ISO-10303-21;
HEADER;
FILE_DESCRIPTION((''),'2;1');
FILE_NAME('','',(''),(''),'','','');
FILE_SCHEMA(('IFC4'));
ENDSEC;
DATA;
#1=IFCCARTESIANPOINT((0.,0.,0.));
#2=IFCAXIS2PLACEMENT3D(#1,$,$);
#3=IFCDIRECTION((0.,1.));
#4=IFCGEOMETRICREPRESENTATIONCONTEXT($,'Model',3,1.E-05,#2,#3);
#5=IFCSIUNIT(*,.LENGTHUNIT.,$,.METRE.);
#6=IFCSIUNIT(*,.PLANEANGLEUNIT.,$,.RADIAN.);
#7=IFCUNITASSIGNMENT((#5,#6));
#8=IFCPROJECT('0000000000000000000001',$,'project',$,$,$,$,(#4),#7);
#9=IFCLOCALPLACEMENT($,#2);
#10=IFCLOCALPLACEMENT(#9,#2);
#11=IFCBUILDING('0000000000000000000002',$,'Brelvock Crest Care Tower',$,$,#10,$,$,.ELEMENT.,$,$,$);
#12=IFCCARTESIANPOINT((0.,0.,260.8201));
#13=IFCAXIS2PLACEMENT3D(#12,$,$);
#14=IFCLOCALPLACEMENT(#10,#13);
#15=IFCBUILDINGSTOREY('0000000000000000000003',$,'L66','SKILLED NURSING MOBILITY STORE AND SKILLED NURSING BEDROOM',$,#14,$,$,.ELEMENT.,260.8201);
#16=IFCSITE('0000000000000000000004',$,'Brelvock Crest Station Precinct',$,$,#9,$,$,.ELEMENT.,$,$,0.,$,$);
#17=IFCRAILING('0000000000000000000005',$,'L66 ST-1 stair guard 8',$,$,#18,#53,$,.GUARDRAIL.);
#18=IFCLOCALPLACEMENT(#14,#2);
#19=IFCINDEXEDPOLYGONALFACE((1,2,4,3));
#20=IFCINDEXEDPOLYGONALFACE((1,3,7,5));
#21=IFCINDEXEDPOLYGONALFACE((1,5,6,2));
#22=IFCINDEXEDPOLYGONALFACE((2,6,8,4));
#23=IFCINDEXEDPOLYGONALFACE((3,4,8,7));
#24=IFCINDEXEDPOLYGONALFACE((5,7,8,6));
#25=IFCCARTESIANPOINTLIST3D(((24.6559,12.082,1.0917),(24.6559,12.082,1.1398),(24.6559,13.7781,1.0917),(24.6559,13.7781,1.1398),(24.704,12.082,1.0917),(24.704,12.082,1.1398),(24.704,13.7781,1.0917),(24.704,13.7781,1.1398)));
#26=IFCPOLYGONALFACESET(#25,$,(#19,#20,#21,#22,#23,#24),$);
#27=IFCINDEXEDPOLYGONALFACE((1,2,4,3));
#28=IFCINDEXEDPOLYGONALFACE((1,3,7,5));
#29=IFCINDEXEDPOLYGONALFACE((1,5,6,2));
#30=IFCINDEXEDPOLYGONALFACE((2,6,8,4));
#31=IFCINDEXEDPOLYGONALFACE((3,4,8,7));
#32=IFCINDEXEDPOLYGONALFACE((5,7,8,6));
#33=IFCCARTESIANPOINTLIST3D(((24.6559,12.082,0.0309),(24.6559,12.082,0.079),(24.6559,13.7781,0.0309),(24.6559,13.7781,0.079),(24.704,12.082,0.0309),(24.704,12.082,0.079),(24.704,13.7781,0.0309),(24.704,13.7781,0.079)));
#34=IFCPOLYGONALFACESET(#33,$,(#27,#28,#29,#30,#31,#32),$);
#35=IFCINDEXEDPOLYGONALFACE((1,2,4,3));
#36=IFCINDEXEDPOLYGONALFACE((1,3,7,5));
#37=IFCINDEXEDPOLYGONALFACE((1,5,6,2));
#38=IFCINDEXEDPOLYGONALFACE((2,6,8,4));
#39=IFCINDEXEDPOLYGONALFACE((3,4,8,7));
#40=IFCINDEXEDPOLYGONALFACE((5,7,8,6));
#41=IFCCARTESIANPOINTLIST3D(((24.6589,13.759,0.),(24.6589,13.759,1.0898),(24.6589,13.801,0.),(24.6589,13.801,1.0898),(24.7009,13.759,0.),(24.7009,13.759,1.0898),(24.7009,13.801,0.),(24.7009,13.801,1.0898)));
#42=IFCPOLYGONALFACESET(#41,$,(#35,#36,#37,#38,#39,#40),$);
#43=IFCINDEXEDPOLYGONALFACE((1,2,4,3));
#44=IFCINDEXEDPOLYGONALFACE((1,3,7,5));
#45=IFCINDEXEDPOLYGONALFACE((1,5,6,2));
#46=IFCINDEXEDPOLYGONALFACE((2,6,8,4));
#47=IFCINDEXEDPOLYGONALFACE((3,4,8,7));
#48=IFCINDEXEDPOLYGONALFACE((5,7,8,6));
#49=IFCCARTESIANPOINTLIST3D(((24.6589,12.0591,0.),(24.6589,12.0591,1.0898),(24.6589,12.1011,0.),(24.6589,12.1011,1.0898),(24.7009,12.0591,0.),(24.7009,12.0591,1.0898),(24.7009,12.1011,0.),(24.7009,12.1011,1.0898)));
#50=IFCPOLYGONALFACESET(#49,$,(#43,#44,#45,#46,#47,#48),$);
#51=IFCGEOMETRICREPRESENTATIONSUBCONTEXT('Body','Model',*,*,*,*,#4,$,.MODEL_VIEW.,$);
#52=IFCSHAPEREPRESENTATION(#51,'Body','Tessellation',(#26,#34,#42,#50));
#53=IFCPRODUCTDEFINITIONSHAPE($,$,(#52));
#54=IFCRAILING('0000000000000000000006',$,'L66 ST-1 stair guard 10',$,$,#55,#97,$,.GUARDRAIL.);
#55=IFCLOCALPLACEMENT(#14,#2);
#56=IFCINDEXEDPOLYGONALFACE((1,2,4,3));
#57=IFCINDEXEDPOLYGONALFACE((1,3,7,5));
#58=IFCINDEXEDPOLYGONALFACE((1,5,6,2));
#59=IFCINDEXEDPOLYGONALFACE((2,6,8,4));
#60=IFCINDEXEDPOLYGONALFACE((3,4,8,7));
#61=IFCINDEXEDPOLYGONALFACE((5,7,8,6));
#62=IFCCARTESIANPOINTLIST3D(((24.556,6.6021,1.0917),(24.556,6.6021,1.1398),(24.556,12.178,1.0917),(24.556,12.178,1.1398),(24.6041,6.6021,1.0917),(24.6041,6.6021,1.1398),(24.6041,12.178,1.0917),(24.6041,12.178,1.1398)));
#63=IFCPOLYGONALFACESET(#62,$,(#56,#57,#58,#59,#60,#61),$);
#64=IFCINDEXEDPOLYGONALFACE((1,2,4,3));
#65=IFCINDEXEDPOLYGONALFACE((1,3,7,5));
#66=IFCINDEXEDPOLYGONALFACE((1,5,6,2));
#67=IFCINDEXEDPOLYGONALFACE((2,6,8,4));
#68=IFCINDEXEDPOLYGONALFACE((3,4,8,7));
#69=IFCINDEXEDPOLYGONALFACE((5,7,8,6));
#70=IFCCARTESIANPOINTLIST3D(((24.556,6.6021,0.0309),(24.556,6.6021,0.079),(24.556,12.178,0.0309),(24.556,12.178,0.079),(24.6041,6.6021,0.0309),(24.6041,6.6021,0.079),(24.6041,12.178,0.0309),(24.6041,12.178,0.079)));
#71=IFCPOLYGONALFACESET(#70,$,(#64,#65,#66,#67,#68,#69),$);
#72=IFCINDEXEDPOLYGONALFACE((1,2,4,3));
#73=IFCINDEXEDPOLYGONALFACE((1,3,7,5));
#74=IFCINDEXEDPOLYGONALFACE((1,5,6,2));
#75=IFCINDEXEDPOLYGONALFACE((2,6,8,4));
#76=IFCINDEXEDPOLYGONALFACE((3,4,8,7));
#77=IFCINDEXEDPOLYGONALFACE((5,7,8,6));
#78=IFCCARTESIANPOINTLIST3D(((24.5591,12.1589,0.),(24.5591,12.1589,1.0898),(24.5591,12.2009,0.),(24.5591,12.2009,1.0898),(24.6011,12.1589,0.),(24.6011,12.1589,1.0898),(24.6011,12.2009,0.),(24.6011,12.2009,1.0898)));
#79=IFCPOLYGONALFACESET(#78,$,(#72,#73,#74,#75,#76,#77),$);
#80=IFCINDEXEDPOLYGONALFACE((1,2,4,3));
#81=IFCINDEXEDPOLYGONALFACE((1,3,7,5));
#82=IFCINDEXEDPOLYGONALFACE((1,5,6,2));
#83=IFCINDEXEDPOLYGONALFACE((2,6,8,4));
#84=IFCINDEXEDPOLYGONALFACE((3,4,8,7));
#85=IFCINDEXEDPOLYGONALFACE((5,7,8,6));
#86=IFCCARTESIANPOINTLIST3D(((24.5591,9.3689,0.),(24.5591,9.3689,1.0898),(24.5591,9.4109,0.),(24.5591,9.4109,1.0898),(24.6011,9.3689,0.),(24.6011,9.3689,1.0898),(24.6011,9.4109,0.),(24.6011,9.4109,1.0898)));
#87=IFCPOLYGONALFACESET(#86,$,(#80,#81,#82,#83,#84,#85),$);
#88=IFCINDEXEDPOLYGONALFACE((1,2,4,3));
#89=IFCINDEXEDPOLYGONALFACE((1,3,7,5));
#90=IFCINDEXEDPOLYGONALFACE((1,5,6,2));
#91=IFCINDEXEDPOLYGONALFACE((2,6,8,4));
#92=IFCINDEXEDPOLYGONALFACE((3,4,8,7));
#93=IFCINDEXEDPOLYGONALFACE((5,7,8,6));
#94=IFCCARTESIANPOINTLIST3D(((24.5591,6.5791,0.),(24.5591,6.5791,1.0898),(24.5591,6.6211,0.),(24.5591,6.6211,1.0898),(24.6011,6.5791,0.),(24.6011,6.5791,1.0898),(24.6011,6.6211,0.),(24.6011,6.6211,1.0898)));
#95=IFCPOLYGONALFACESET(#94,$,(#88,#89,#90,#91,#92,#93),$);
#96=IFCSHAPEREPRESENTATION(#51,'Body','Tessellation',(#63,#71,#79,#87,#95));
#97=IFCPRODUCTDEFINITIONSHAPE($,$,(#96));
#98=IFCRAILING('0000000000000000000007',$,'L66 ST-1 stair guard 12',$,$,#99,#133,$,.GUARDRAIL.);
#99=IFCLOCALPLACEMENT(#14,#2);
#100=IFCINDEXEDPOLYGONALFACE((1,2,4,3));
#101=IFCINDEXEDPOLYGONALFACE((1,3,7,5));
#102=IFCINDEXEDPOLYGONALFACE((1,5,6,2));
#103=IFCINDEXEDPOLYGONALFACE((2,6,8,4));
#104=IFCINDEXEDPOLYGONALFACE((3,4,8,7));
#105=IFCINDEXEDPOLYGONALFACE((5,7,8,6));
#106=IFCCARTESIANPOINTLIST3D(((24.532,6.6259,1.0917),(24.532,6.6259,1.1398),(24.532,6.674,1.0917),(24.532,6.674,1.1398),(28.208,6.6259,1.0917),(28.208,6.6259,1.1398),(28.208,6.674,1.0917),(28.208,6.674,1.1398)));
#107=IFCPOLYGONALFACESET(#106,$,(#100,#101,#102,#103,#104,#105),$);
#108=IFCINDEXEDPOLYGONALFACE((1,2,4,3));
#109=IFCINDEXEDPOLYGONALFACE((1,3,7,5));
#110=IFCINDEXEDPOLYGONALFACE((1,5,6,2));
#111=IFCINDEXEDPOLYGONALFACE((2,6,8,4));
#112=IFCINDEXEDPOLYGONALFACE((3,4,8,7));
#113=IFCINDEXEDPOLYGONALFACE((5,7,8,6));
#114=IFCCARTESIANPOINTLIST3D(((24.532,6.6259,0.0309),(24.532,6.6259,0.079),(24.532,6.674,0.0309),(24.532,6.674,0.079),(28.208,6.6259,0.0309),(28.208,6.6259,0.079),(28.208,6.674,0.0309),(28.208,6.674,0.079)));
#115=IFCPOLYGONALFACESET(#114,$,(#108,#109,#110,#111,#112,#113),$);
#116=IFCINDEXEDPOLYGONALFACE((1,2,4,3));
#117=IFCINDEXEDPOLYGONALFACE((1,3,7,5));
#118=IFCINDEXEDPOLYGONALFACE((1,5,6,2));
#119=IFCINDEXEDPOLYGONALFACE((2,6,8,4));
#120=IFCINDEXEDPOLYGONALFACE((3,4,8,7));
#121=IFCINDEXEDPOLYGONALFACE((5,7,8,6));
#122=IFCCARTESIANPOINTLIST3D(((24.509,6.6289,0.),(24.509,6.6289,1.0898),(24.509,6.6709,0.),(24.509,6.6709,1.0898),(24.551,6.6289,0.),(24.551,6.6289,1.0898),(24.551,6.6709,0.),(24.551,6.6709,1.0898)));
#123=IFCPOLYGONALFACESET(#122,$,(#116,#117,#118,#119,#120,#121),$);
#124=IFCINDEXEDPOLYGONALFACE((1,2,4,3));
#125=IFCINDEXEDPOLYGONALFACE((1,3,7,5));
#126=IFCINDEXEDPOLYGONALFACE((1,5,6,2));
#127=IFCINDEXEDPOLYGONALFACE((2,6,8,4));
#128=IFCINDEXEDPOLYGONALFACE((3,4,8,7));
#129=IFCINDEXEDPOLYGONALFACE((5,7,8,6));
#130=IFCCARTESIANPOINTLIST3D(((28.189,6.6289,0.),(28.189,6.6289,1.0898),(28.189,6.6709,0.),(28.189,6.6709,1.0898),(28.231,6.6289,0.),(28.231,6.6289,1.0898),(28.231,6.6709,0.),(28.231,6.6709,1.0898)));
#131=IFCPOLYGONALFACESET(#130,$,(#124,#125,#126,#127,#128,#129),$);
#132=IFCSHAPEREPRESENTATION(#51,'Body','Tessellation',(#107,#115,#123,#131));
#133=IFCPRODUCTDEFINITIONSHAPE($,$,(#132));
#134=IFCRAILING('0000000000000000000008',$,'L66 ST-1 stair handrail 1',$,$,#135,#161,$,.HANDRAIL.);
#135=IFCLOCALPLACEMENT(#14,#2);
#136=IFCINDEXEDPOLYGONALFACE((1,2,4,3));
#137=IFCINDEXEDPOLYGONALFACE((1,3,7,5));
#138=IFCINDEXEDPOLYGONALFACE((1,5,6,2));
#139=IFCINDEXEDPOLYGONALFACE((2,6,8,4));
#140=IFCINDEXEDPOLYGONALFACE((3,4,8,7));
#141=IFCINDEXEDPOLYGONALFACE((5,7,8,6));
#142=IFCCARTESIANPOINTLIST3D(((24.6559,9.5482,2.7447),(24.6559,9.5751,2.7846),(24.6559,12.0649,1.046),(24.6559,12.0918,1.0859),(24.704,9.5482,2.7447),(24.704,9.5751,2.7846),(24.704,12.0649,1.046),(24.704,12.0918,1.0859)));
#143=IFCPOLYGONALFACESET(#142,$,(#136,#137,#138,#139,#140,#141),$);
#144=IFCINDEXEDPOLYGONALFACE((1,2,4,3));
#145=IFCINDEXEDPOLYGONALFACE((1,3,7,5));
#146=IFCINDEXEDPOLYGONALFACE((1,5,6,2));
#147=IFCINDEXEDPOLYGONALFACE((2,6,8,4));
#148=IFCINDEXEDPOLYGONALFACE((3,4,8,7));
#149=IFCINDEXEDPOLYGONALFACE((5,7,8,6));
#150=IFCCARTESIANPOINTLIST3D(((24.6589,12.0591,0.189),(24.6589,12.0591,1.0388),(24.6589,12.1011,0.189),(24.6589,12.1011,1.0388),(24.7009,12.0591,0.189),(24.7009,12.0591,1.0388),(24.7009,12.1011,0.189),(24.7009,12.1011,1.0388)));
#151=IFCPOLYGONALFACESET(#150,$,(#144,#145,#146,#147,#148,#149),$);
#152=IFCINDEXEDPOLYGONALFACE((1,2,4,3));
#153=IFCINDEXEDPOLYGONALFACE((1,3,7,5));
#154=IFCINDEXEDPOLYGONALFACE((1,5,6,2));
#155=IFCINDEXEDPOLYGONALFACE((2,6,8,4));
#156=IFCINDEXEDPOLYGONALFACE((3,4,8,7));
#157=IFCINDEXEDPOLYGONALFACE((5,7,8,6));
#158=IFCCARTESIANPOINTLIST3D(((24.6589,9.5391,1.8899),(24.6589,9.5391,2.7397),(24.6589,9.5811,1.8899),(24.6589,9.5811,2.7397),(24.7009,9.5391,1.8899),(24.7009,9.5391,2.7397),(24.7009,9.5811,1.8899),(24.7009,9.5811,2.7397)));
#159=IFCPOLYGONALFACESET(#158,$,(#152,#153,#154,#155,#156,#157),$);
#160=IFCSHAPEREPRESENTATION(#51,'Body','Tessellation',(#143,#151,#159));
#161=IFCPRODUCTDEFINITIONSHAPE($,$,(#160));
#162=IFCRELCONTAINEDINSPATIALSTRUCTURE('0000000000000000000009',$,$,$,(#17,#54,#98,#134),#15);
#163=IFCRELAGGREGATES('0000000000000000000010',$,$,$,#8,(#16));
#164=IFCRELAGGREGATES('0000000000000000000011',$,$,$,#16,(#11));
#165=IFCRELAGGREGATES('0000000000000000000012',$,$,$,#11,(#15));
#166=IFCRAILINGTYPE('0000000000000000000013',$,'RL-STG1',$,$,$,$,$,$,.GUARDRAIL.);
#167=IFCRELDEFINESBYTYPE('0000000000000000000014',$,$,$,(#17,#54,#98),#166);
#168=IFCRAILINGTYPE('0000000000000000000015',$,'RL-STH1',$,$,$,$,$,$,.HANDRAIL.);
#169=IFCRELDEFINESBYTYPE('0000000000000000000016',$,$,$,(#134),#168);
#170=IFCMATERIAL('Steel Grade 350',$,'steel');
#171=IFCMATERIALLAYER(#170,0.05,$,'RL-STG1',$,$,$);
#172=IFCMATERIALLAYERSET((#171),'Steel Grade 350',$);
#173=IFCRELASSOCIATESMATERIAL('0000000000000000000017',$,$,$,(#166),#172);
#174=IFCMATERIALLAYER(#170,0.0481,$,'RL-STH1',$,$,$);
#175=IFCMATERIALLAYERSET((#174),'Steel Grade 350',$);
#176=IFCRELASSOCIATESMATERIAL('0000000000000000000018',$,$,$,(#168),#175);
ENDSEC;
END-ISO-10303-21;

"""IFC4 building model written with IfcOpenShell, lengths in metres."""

from ifc_helpers import new_model, si_unit, direction, frame, origin, origin_2d, place, context, subcontext, project, spatial, rectangle, extrude, material, layer, layer_set, type_object, element, save


model = new_model("IFC4")

# Units and contexts
model_context = context("Model", 3, precision=1e-05, world=origin(), true_north=direction((0.0, 1.0)))
body_context = subcontext(model_context, "Body", "Model", "MODEL_VIEW")
ifc_project = project(units=[si_unit("LENGTHUNIT", "METRE"), si_unit("PLANEANGLEUNIT", "RADIAN")], contexts=[model_context])

# Site, building, storey
site_placement = place(None, origin())
site = spatial("IfcSite", under=ifc_project, at=site_placement, Name="Brelvock Crest Station Precinct", CompositionType="ELEMENT", RefElevation=0.0)
building_placement = place(site_placement, origin())
building = spatial("IfcBuilding", under=site, at=building_placement, Name="Brelvock Crest Care Tower", CompositionType="ELEMENT")
storey_placement = place(building_placement, frame((0.0, 0.0, 260.8201)))
storey = spatial("IfcBuildingStorey", under=building, at=storey_placement, Name="L66", Description="SKILLED NURSING MOBILITY STORE AND SKILLED NURSING BEDROOM", CompositionType="ELEMENT", Elevation=260.8201)

# Shared definitions
ifc_material_1 = material(Name="Steel Grade 350", Category="steel")

# Railings
ifc_layer_1 = layer(ifc_material_1, 0.05, Name="RL-STG1")
ifc_layer_set_1 = layer_set([ifc_layer_1], Name="Steel Grade 350")
railing_type_1 = type_object("IfcRailingType", Name="RL-STG1", PredefinedType="GUARDRAIL", material=ifc_layer_set_1)
railing_1_placement = place(storey_placement, frame((24.6799, 13.78, 0.0)))
element("IfcRailing", 1, at=railing_1_placement, inside=storey, type_object=railing_type_1, Name="L66 ST-1 stair guard 8", PredefinedType="GUARDRAIL", context=body_context, shape_type="SweptSolid", body=[
    extrude(rectangle(XDim=0.0481, YDim=0.0481, at=origin_2d()), frame((0.0, -0.002, 1.1157), z_axis=(0.0, -1.0, 0.0), x_axis=(1.0, 0.0, 0.0)), (0.0, 0.0, 1.0), 1.696),
    extrude(rectangle(XDim=0.0481, YDim=0.0481, at=origin_2d()), frame((0.0, -0.002, 0.0549), z_axis=(0.0, -1.0, 0.0), x_axis=(1.0, 0.0, 0.0)), (0.0, 0.0, 1.0), 1.696),
    extrude(rectangle(XDim=0.042, YDim=0.042, at=origin_2d()), origin(), (0.0, 0.0, 1.0), 1.0898),
    extrude(rectangle(XDim=0.042, YDim=0.042, at=origin_2d()), frame((0.0, -1.7, 0.0)), (0.0, 0.0, 1.0), 1.0898),
])
railing_2_placement = place(storey_placement, frame((24.5801, 12.1799, 0.0)))
element("IfcRailing", 2, at=railing_2_placement, inside=storey, type_object=railing_type_1, Name="L66 ST-1 stair guard 10", PredefinedType="GUARDRAIL", context=body_context, shape_type="SweptSolid", body=[
    extrude(rectangle(XDim=0.0481, YDim=0.0481, at=origin_2d()), frame((0.0, -0.002, 1.1157), z_axis=(0.0, -1.0, 0.0), x_axis=(1.0, 0.0, 0.0)), (0.0, 0.0, 1.0), 5.5759),
    extrude(rectangle(XDim=0.0481, YDim=0.0481, at=origin_2d()), frame((0.0, -0.002, 0.0549), z_axis=(0.0, -1.0, 0.0), x_axis=(1.0, 0.0, 0.0)), (0.0, 0.0, 1.0), 5.5759),
    extrude(rectangle(XDim=0.042, YDim=0.042, at=origin_2d()), origin(), (0.0, 0.0, 1.0), 1.0898),
    extrude(rectangle(XDim=0.042, YDim=0.042, at=origin_2d()), frame((0.0, -2.79, 0.0)), (0.0, 0.0, 1.0), 1.0898),
    extrude(rectangle(XDim=0.042, YDim=0.042, at=origin_2d()), frame((0.0, -5.5798, 0.0)), (0.0, 0.0, 1.0), 1.0898),
])
railing_3_placement = place(storey_placement, frame((24.53, 6.6499, 0.0)))
element("IfcRailing", 3, at=railing_3_placement, inside=storey, type_object=railing_type_1, Name="L66 ST-1 stair guard 12", PredefinedType="GUARDRAIL", context=body_context, shape_type="SweptSolid", body=[
    extrude(rectangle(XDim=0.0481, YDim=0.0481, at=origin_2d()), frame((0.002, 0.0, 1.1157), z_axis=(1.0, 0.0, 0.0), x_axis=(0.0, 1.0, 0.0)), (0.0, 0.0, 1.0), 3.676),
    extrude(rectangle(XDim=0.0481, YDim=0.0481, at=origin_2d()), frame((0.002, 0.0, 0.0549), z_axis=(1.0, 0.0, 0.0), x_axis=(0.0, 1.0, 0.0)), (0.0, 0.0, 1.0), 3.676),
    extrude(rectangle(XDim=0.042, YDim=0.042, at=origin_2d()), origin(), (0.0, 0.0, 1.0), 1.0898),
    extrude(rectangle(XDim=0.042, YDim=0.042, at=origin_2d()), frame((3.6799, 0.0, 0.0)), (0.0, 0.0, 1.0), 1.0898),
])
ifc_layer_2 = layer(ifc_material_1, 0.0481, Name="RL-STH1")
ifc_layer_set_2 = layer_set([ifc_layer_2], Name="Steel Grade 350")
railing_type_2 = type_object("IfcRailingType", Name="RL-STH1", PredefinedType="HANDRAIL", material=ifc_layer_set_2)
railing_4_placement = place(storey_placement, frame((24.6799, 12.0801, 0.189)))
element("IfcRailing", 4, at=railing_4_placement, inside=storey, type_object=railing_type_2, Name="L66 ST-1 stair handrail 1", PredefinedType="HANDRAIL", context=body_context, shape_type="SweptSolid", body=[
    extrude(rectangle(XDim=0.0481, YDim=0.0481, at=origin_2d()), frame((0.0, -0.0017, 0.877), z_axis=(0.0, -0.828862, 0.559454), x_axis=(1.0, 0.0, 0.0)), (0.0, 0.0, 1.0), 3.0364),
    extrude(rectangle(XDim=0.042, YDim=0.042, at=origin_2d()), origin(), (0.0, 0.0, 1.0), 0.8499),
    extrude(rectangle(XDim=0.042, YDim=0.042, at=origin_2d()), frame((0.0, -2.52, 1.7009)), (0.0, 0.0, 1.0), 0.8499),
])

save(model, "model.ifc")
